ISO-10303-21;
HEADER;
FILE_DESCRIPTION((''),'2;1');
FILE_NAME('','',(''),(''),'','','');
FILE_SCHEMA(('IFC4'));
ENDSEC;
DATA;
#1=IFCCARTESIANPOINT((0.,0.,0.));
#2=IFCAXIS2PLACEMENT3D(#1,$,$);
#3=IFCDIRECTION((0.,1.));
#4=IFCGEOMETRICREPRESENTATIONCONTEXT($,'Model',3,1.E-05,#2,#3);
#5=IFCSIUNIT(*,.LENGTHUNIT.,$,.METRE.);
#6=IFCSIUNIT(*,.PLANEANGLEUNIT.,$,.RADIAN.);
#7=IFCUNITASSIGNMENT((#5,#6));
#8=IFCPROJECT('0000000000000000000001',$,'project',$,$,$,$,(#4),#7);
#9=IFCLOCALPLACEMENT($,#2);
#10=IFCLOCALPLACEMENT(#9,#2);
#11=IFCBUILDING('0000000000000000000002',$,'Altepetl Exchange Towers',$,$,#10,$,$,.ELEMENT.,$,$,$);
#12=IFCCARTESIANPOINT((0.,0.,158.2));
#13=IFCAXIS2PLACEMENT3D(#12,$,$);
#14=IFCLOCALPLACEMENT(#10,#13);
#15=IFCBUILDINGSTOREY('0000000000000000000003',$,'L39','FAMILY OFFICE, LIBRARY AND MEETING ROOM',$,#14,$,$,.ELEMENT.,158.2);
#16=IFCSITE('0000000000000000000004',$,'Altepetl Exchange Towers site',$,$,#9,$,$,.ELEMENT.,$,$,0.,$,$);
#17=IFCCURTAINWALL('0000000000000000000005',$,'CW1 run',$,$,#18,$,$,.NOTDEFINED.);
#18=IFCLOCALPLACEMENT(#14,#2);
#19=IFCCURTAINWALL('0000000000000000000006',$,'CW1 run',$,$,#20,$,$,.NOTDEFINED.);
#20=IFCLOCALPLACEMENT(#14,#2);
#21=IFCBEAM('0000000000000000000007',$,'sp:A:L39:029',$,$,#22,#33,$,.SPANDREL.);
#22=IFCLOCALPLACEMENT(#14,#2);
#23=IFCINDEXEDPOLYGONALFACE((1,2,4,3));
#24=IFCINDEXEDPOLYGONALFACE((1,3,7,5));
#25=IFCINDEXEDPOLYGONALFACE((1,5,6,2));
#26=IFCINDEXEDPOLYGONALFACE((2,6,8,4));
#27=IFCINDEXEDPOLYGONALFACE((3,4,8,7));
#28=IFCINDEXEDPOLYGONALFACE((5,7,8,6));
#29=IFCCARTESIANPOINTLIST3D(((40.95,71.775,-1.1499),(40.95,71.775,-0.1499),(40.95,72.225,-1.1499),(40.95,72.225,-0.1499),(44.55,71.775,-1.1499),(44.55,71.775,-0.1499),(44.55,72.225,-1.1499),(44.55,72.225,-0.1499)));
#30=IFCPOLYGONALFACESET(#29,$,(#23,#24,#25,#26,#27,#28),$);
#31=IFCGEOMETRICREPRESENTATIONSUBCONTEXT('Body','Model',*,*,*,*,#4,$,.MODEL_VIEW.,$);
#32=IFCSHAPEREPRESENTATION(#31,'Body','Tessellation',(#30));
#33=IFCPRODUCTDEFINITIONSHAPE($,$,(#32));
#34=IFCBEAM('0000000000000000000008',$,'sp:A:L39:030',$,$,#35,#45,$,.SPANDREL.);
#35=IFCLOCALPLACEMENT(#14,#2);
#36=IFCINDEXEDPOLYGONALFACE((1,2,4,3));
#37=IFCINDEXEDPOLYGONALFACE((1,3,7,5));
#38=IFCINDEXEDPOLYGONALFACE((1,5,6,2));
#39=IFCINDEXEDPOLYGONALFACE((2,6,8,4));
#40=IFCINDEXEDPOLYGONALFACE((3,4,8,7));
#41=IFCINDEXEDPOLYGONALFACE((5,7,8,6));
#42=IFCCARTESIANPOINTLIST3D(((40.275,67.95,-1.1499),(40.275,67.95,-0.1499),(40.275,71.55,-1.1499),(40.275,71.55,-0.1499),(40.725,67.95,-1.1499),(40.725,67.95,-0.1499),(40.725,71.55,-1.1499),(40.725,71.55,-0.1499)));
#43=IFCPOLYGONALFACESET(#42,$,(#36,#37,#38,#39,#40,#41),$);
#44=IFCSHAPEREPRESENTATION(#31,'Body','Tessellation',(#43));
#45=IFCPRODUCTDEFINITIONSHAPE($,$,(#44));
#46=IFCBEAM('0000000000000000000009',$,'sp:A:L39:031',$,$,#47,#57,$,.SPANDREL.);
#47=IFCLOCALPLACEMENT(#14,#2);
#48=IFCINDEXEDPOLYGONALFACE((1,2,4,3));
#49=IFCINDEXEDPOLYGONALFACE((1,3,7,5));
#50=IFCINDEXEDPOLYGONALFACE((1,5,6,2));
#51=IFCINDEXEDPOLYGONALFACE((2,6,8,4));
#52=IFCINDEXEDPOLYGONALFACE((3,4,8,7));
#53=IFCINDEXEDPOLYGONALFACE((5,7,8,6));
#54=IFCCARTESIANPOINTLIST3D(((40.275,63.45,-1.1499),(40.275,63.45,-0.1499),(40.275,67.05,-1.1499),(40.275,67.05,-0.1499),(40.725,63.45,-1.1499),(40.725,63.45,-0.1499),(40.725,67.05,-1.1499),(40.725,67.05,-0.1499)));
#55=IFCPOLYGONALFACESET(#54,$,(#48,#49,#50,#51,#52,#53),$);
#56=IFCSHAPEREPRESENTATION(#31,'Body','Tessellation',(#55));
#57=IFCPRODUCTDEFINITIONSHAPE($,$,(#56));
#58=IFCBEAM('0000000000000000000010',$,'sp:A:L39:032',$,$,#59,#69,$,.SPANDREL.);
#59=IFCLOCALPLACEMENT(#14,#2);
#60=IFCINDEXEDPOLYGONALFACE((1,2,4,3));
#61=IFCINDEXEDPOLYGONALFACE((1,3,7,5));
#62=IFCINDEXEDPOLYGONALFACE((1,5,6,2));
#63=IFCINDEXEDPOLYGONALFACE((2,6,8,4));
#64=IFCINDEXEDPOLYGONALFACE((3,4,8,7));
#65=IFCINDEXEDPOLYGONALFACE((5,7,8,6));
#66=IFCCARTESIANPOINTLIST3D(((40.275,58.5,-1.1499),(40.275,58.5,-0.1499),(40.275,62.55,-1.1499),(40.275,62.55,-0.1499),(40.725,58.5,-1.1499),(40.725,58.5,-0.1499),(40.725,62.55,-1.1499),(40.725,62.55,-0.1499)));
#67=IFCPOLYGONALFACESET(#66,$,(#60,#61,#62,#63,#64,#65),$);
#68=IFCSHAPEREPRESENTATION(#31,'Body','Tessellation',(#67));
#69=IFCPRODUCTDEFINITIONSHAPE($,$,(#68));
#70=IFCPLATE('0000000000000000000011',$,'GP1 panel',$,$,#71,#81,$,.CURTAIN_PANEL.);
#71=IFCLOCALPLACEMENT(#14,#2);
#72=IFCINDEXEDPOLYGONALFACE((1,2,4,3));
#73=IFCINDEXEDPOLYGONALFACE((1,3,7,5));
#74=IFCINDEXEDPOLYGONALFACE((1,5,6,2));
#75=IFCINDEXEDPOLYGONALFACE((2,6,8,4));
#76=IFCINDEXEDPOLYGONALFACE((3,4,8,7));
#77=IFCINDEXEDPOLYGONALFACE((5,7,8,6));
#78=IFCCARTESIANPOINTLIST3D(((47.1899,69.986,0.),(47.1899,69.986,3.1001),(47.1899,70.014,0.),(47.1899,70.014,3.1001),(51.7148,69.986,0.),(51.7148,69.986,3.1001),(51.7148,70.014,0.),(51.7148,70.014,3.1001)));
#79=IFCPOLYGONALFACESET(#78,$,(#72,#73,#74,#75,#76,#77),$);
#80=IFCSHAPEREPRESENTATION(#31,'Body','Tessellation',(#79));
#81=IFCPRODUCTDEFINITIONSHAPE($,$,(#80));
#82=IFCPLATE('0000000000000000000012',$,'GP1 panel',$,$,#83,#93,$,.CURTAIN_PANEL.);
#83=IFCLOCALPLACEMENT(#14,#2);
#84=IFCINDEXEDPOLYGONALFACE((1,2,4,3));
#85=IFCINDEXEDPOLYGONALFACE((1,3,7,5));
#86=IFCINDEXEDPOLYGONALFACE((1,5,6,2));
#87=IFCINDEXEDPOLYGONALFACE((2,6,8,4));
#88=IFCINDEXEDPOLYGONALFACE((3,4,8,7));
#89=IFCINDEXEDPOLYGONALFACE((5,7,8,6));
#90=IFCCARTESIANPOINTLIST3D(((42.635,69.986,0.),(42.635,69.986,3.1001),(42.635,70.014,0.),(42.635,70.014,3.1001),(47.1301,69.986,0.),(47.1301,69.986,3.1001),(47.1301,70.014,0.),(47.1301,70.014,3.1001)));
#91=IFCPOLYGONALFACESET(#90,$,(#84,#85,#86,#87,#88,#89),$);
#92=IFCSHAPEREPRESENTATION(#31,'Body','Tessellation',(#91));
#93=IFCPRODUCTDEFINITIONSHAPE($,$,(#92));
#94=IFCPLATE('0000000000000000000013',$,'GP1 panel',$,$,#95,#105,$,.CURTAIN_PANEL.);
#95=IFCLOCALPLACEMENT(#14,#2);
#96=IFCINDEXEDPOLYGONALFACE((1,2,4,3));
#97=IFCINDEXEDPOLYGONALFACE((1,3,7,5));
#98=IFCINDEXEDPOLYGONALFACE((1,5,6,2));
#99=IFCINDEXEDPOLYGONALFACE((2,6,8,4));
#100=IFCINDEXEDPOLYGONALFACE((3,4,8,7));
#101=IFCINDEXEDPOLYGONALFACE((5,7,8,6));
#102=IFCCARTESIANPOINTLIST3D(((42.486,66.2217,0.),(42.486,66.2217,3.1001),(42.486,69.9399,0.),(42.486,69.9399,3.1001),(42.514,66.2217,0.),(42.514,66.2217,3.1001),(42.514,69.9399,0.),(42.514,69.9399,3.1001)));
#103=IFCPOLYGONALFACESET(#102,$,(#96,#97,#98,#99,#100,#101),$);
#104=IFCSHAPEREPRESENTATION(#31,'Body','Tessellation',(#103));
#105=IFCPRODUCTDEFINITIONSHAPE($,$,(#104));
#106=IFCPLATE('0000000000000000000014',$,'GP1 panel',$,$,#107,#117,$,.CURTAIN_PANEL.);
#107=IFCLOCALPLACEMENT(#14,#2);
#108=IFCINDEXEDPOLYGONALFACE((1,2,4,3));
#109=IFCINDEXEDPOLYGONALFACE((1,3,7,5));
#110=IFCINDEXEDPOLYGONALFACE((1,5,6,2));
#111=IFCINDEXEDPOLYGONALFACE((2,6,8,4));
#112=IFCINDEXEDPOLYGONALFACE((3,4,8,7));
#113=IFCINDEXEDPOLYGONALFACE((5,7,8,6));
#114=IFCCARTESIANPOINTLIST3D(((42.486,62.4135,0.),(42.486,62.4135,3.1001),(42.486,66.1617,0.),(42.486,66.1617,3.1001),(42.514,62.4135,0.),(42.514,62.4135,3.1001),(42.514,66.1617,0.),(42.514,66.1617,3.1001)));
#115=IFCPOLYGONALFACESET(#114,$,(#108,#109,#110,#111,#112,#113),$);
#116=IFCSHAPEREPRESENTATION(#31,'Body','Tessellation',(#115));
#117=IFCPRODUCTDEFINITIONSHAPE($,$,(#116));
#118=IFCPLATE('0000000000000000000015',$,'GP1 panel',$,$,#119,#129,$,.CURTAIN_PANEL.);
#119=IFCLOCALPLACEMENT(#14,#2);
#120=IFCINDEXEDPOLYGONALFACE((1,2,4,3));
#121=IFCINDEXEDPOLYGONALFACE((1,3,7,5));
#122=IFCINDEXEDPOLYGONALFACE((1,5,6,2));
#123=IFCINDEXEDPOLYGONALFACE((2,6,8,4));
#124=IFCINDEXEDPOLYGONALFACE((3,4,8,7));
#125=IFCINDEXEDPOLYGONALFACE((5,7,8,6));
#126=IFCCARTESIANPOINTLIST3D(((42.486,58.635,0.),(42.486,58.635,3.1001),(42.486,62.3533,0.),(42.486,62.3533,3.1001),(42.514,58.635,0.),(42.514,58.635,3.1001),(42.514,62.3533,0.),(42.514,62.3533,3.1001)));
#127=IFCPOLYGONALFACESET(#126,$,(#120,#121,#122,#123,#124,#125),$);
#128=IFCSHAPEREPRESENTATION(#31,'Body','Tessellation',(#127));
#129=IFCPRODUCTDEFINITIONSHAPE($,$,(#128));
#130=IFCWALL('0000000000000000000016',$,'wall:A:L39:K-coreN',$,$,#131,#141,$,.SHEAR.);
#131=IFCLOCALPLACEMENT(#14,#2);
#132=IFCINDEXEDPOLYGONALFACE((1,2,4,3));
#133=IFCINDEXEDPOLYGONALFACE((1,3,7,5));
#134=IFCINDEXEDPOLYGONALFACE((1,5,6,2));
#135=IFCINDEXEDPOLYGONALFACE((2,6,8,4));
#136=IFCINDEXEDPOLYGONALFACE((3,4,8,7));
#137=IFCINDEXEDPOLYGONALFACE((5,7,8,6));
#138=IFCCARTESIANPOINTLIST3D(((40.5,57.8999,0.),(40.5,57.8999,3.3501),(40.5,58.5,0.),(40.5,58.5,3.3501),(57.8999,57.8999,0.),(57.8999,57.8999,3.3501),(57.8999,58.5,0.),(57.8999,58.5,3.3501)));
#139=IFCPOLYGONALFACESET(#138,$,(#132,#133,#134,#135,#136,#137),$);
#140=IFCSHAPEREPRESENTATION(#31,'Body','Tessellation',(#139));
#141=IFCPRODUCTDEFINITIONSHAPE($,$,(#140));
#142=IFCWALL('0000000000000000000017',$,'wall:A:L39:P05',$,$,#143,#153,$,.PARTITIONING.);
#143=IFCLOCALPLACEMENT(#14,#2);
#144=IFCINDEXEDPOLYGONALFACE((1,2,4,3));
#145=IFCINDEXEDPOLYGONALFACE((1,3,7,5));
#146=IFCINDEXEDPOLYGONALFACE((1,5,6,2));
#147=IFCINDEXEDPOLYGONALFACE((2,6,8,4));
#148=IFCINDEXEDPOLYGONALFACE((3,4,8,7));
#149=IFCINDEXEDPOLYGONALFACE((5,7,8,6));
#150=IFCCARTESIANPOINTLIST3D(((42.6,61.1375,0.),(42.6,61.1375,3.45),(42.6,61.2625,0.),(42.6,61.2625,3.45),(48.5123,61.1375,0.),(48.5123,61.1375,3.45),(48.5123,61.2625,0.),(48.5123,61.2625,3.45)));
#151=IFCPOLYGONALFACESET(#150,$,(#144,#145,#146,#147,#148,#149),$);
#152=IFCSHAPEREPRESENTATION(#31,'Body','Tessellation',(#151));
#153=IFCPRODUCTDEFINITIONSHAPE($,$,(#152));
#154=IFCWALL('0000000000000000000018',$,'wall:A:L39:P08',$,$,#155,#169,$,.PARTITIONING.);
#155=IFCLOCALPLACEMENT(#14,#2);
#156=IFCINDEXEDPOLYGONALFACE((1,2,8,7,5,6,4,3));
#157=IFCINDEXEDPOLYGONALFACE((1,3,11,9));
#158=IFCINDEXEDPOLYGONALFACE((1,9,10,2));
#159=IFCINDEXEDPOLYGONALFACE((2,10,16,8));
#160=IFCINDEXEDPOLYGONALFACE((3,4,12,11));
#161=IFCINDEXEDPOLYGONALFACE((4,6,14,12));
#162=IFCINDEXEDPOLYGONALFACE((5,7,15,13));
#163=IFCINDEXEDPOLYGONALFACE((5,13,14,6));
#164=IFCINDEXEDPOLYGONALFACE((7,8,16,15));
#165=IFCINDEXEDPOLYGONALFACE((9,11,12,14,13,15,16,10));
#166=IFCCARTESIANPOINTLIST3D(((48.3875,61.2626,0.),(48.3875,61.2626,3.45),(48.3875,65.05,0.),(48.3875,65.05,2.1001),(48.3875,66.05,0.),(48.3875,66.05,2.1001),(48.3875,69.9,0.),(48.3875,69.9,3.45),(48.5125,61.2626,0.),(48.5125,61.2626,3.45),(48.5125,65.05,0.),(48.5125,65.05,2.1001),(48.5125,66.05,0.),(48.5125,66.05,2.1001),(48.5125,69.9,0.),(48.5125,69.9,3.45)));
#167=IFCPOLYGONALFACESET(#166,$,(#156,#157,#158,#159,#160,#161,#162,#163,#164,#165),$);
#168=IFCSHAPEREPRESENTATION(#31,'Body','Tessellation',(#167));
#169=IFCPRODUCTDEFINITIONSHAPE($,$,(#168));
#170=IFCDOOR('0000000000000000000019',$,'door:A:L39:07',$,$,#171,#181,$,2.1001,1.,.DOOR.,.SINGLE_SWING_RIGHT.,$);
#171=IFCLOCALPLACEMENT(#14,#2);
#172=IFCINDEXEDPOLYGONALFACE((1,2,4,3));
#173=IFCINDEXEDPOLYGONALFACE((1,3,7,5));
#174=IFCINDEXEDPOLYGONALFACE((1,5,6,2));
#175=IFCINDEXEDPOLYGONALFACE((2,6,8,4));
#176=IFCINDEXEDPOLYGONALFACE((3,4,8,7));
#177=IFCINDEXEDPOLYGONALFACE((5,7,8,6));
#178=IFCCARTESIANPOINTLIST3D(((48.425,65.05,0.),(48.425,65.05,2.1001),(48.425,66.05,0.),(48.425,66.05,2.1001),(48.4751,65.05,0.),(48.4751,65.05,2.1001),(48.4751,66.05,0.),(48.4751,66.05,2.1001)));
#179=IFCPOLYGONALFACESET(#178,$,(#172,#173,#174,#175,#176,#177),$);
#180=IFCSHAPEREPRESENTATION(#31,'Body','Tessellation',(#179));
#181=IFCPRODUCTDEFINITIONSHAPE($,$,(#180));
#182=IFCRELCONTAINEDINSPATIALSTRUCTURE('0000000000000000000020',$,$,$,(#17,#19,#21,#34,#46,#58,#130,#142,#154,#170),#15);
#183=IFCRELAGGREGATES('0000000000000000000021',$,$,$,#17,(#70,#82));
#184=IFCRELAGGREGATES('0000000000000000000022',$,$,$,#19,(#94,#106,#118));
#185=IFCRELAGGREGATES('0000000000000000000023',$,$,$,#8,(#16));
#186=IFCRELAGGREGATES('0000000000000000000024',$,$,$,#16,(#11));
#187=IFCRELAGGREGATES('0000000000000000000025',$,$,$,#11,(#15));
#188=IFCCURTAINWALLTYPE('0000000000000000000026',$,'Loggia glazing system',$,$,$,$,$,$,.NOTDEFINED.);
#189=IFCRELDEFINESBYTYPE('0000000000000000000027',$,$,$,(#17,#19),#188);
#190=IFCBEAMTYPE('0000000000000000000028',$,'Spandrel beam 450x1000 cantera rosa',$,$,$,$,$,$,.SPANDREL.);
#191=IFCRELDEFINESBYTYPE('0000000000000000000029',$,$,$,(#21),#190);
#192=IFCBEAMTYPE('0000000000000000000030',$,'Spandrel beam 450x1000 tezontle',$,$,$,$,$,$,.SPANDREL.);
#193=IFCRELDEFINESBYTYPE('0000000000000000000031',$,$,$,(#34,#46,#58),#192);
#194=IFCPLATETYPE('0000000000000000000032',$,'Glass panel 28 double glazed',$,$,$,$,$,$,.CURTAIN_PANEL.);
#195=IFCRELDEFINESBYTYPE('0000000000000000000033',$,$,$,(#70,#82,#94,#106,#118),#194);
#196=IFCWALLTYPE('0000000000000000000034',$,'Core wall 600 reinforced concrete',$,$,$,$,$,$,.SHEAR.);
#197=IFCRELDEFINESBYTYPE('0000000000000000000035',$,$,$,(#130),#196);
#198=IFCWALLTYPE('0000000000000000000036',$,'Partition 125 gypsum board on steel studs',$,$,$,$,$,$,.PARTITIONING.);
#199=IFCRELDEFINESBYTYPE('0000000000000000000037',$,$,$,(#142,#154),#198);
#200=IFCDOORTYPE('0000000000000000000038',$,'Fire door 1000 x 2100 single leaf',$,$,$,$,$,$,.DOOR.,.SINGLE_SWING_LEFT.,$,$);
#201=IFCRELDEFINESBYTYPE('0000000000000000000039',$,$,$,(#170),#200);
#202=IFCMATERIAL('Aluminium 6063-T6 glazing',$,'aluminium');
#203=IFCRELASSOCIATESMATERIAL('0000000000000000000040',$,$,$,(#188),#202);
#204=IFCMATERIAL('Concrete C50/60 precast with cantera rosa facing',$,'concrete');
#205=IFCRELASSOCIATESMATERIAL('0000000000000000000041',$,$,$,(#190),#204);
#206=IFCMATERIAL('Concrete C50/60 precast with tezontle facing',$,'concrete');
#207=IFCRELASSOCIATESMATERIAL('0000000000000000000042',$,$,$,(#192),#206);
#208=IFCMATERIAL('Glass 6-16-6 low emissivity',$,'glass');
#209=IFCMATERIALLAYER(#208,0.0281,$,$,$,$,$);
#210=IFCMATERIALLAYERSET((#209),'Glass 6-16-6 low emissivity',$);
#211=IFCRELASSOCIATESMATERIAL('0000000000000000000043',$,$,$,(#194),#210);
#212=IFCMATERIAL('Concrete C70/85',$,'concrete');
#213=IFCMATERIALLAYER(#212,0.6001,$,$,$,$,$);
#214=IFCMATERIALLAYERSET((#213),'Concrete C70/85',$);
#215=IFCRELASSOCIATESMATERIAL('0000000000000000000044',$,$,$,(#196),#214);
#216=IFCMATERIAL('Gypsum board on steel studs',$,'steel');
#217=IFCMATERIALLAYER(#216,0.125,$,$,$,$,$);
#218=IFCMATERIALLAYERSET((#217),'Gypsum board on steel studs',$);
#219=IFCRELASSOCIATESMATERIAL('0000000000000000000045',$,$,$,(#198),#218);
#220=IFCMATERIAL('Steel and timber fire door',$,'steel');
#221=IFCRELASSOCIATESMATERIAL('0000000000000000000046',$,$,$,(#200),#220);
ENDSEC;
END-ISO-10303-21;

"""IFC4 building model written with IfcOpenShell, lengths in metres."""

from ifc_helpers import new_model, si_unit, direction, frame, frame_2d, origin, origin_2d, place, context, subcontext, project, spatial, rectangle, extrude, material, layer, layer_set, material_profile, profile_set, type_object, element, fill, aggregate, save


model = new_model("IFC4")

# Units and contexts
model_context = context("Model", 3, precision=1e-05, world=origin(), true_north=direction((0.0, 1.0)))
body_context = subcontext(model_context, "Body", "Model", "MODEL_VIEW")
ifc_project = project(units=[si_unit("LENGTHUNIT", "METRE"), si_unit("PLANEANGLEUNIT", "RADIAN")], contexts=[model_context])

# Site, building, storey
site_placement = place(None, origin())
site = spatial("IfcSite", under=ifc_project, at=site_placement, Name="Altepetl Exchange Towers site", CompositionType="ELEMENT", RefElevation=0.0)
building_placement = place(site_placement, origin())
building = spatial("IfcBuilding", under=site, at=building_placement, Name="Altepetl Exchange Towers", CompositionType="ELEMENT")
storey_placement = place(building_placement, frame((0.0, 0.0, 158.2)))
storey = spatial("IfcBuildingStorey", under=building, at=storey_placement, Name="L39", Description="FAMILY OFFICE, LIBRARY AND MEETING ROOM", CompositionType="ELEMENT", Elevation=158.2)

# Curtain walls
ifc_material_1 = material(Name="Aluminium 6063-T6 glazing", Category="aluminium")
curtain_wall_type = type_object("IfcCurtainWallType", Name="Loggia glazing system", PredefinedType="NOTDEFINED", material=ifc_material_1)
curtain_wall_1_placement = place(storey_placement, origin())
curtain_wall_1 = element("IfcCurtainWall", 1, at=curtain_wall_1_placement, inside=storey, type_object=curtain_wall_type, Name="CW1 run", PredefinedType="NOTDEFINED")
curtain_wall_2_placement = place(storey_placement, origin())
curtain_wall_2 = element("IfcCurtainWall", 2, at=curtain_wall_2_placement, inside=storey, type_object=curtain_wall_type, Name="CW1 run", PredefinedType="NOTDEFINED")

# Beams
ifc_material_2 = material(Name="Concrete C50/60 precast with cantera rosa facing", Category="concrete")
ifc_material_profile_1 = material_profile(ifc_material_2, rectangle(XDim=0.45, YDim=1.0, at=origin_2d()), Name="450 x 1000")
ifc_profile_set_1 = profile_set([ifc_material_profile_1], Name="Concrete C50/60 precast with cantera rosa facing")
beam_type_1 = type_object("IfcBeamType", Name="Spandrel beam 450x1000 cantera rosa", PredefinedType="SPANDREL", material=ifc_profile_set_1)
for number, where, z_axis, x_axis, name in (
    (3, (44.55, 72.0, -0.6499), (-1.0, 0.0, 0.0), (0.0, -1.0, 0.0), "sp:A:L39:029"),
):
    element("IfcBeam", number, at=place(storey_placement, frame(where, z_axis=z_axis, x_axis=x_axis)), inside=storey, type_object=beam_type_1, Name=name, PredefinedType="SPANDREL", context=body_context, shape_type="SweptSolid", body=[
        extrude(rectangle(XDim=0.45, YDim=1.0, at=origin_2d()), origin(), (0.0, 0.0, 1.0), 3.6001),
    ])
ifc_material_3 = material(Name="Concrete C50/60 precast with tezontle facing", Category="concrete")
ifc_material_profile_2 = material_profile(ifc_material_3, rectangle(XDim=0.45, YDim=1.0, at=origin_2d()), Name="450 x 1000")
ifc_profile_set_2 = profile_set([ifc_material_profile_2], Name="Concrete C50/60 precast with tezontle facing")
beam_type_2 = type_object("IfcBeamType", Name="Spandrel beam 450x1000 tezontle", PredefinedType="SPANDREL", material=ifc_profile_set_2)
for number, where, z_axis, x_axis, name in (
    (4, (40.5, 71.55, -0.6499), (0.0, -1.0, 0.0), (1.0, 0.0, 0.0), "sp:A:L39:030"),
    (5, (40.5, 67.05, -0.6499), (0.0, -1.0, 0.0), (1.0, 0.0, 0.0), "sp:A:L39:031"),
):
    element("IfcBeam", number, at=place(storey_placement, frame(where, z_axis=z_axis, x_axis=x_axis)), inside=storey, type_object=beam_type_2, Name=name, PredefinedType="SPANDREL", context=body_context, shape_type="SweptSolid", body=[
        extrude(rectangle(XDim=0.45, YDim=1.0, at=origin_2d()), origin(), (0.0, 0.0, 1.0), 3.6001),
    ])
beam_1_placement = place(storey_placement, frame((40.5, 62.55, -0.6499), z_axis=(0.0, -1.0, 0.0), x_axis=(1.0, 0.0, 0.0)))
element("IfcBeam", 6, at=beam_1_placement, inside=storey, type_object=beam_type_2, Name="sp:A:L39:032", PredefinedType="SPANDREL", context=body_context, shape_type="SweptSolid", body=[
    extrude(rectangle(XDim=0.45, YDim=1.0, at=origin_2d()), origin(), (0.0, 0.0, 1.0), 4.05),
])

# Plates
ifc_material_4 = material(Name="Glass 6-16-6 low emissivity", Category="glass")
ifc_layer_1 = layer(ifc_material_4, 0.0281)
ifc_layer_set_1 = layer_set([ifc_layer_1], Name="Glass 6-16-6 low emissivity")
plate_type = type_object("IfcPlateType", Name="Glass panel 28 double glazed", PredefinedType="CURTAIN_PANEL", material=ifc_layer_set_1)
plate_1_placement = place(storey_placement, frame((49.4524, 70.0, 0.0), z_axis=(0.0, 0.0, 1.0), x_axis=(-1.0, 0.0, 0.0)))
plate_1 = element("IfcPlate", 7, at=plate_1_placement, type_object=plate_type, Name="GP1 panel", PredefinedType="CURTAIN_PANEL", context=body_context, shape_type="SweptSolid", body=[
    extrude(rectangle(XDim=4.5249, YDim=0.0281, at=origin_2d()), origin(), (0.0, 0.0, 1.0), 3.1001),
])
plate_2_placement = place(storey_placement, frame((44.8826, 70.0, 0.0), z_axis=(0.0, 0.0, 1.0), x_axis=(-1.0, 0.0, 0.0)))
plate_2 = element("IfcPlate", 8, at=plate_2_placement, type_object=plate_type, Name="GP1 panel", PredefinedType="CURTAIN_PANEL", context=body_context, shape_type="SweptSolid", body=[
    extrude(rectangle(XDim=4.4951, YDim=0.0281, at=origin_2d()), origin(), (0.0, 0.0, 1.0), 3.1001),
])
aggregate(curtain_wall_1, [plate_1, plate_2])
plate_3_placement = place(storey_placement, frame((42.5, 68.0808, 0.0), z_axis=(0.0, 0.0, 1.0), x_axis=(0.0, -1.0, 0.0)))
plate_3 = element("IfcPlate", 9, at=plate_3_placement, type_object=plate_type, Name="GP1 panel", PredefinedType="CURTAIN_PANEL", context=body_context, shape_type="SweptSolid", body=[
    extrude(rectangle(XDim=3.7183, YDim=0.0281, at=origin_2d()), origin(), (0.0, 0.0, 1.0), 3.1001),
])
plate_4_placement = place(storey_placement, frame((42.5, 64.2876, 0.0), z_axis=(0.0, 0.0, 1.0), x_axis=(0.0, -1.0, 0.0)))
plate_4 = element("IfcPlate", 10, at=plate_4_placement, type_object=plate_type, Name="GP1 panel", PredefinedType="CURTAIN_PANEL", context=body_context, shape_type="SweptSolid", body=[
    extrude(rectangle(XDim=3.7483, YDim=0.0281, at=origin_2d()), origin(), (0.0, 0.0, 1.0), 3.1001),
])
plate_5_placement = place(storey_placement, frame((42.5, 60.4941, 0.0), z_axis=(0.0, 0.0, 1.0), x_axis=(0.0, -1.0, 0.0)))
plate_5 = element("IfcPlate", 11, at=plate_5_placement, type_object=plate_type, Name="GP1 panel", PredefinedType="CURTAIN_PANEL", context=body_context, shape_type="SweptSolid", body=[
    extrude(rectangle(XDim=3.7183, YDim=0.0281, at=origin_2d()), origin(), (0.0, 0.0, 1.0), 3.1001),
])
aggregate(curtain_wall_2, [plate_3, plate_4, plate_5])

# Walls
ifc_material_5 = material(Name="Concrete C70/85", Category="concrete")
ifc_layer_2 = layer(ifc_material_5, 0.6001)
ifc_layer_set_2 = layer_set([ifc_layer_2], Name="Concrete C70/85")
wall_type_1 = type_object("IfcWallType", Name="Core wall 600 reinforced concrete", PredefinedType="SHEAR", material=ifc_layer_set_2)
wall_1_placement = place(storey_placement, frame((40.5, 58.2, 0.0)))
element("IfcWall", 12, at=wall_1_placement, inside=storey, type_object=wall_type_1, Name="wall:A:L39:K-coreN", PredefinedType="SHEAR", context=body_context, shape_type="SweptSolid", body=[
    extrude(rectangle(XDim=17.3999, YDim=0.6001, at=frame_2d((8.7, 0.0))), origin(), (0.0, 0.0, 1.0), 3.3501),
])
ifc_material_6 = material(Name="Gypsum board on steel studs", Category="steel")
ifc_layer_3 = layer(ifc_material_6, 0.125)
ifc_layer_set_3 = layer_set([ifc_layer_3], Name="Gypsum board on steel studs")
wall_type_2 = type_object("IfcWallType", Name="Partition 125 gypsum board on steel studs", PredefinedType="PARTITIONING", material=ifc_layer_set_3)
wall_2_placement = place(storey_placement, frame((42.6001, 61.2, 0.0)))
element("IfcWall", 13, at=wall_2_placement, inside=storey, type_object=wall_type_2, Name="wall:A:L39:P05", PredefinedType="PARTITIONING", context=body_context, shape_type="SweptSolid", body=[
    extrude(rectangle(XDim=5.9124, YDim=0.125, at=frame_2d((2.9561, 0.0))), origin(), (0.0, 0.0, 1.0), 3.45),
])

# Wall, opening, door
wall_3_placement = place(storey_placement, frame((48.45, 61.2625, 0.0), z_axis=(0.0, 0.0, 1.0), x_axis=(0.0, 1.0, 0.0)))
wall_3 = element("IfcWall", 14, at=wall_3_placement, inside=storey, type_object=wall_type_2, Name="wall:A:L39:P08", PredefinedType="PARTITIONING", context=body_context, shape_type="SweptSolid", body=[
    extrude(rectangle(XDim=8.6375, YDim=0.125, at=frame_2d((4.3188, 0.0))), origin(), (0.0, 0.0, 1.0), 3.45),
])
opening_1_placement = place(wall_3_placement, frame((3.7876, 0.0, 0.0)))
opening_1 = element("IfcOpeningElement", 15, at=opening_1_placement, cuts=wall_3, PredefinedType="OPENING", context=body_context, shape_type="SweptSolid", body=[
    extrude(rectangle(XDim=1.0, YDim=2.1001, at=frame_2d((0.5, 1.05))), frame((0.0, 0.0725, 0.0), z_axis=(0.0, -1.0, 0.0), x_axis=(1.0, 0.0, 0.0)), (0.0, 0.0, 1.0), 0.145),
])
ifc_material_7 = material(Name="Steel and timber fire door", Category="steel")
door_type_1 = type_object("IfcDoorType", Name="Fire door 1000 x 2100 single leaf", OperationType="SINGLE_SWING_LEFT", PredefinedType="DOOR", material=ifc_material_7)
door_1_placement = place(opening_1_placement, origin())
door_1 = element("IfcDoor", 16, at=door_1_placement, inside=storey, type_object=door_type_1, Name="door:A:L39:07", OperationType="SINGLE_SWING_RIGHT", OverallHeight=2.1001, OverallWidth=1.0, PredefinedType="DOOR", context=body_context, shape_type="SweptSolid", body=[
    extrude(rectangle(XDim=1.0, YDim=2.1001, at=frame_2d((0.5, 1.05))), frame((0.0, 0.0249, 0.0), z_axis=(0.0, -1.0, 0.0), x_axis=(1.0, 0.0, 0.0)), (0.0, 0.0, 1.0), 0.05),
])
fill(opening_1, door_1)

save(model, "model.ifc")
